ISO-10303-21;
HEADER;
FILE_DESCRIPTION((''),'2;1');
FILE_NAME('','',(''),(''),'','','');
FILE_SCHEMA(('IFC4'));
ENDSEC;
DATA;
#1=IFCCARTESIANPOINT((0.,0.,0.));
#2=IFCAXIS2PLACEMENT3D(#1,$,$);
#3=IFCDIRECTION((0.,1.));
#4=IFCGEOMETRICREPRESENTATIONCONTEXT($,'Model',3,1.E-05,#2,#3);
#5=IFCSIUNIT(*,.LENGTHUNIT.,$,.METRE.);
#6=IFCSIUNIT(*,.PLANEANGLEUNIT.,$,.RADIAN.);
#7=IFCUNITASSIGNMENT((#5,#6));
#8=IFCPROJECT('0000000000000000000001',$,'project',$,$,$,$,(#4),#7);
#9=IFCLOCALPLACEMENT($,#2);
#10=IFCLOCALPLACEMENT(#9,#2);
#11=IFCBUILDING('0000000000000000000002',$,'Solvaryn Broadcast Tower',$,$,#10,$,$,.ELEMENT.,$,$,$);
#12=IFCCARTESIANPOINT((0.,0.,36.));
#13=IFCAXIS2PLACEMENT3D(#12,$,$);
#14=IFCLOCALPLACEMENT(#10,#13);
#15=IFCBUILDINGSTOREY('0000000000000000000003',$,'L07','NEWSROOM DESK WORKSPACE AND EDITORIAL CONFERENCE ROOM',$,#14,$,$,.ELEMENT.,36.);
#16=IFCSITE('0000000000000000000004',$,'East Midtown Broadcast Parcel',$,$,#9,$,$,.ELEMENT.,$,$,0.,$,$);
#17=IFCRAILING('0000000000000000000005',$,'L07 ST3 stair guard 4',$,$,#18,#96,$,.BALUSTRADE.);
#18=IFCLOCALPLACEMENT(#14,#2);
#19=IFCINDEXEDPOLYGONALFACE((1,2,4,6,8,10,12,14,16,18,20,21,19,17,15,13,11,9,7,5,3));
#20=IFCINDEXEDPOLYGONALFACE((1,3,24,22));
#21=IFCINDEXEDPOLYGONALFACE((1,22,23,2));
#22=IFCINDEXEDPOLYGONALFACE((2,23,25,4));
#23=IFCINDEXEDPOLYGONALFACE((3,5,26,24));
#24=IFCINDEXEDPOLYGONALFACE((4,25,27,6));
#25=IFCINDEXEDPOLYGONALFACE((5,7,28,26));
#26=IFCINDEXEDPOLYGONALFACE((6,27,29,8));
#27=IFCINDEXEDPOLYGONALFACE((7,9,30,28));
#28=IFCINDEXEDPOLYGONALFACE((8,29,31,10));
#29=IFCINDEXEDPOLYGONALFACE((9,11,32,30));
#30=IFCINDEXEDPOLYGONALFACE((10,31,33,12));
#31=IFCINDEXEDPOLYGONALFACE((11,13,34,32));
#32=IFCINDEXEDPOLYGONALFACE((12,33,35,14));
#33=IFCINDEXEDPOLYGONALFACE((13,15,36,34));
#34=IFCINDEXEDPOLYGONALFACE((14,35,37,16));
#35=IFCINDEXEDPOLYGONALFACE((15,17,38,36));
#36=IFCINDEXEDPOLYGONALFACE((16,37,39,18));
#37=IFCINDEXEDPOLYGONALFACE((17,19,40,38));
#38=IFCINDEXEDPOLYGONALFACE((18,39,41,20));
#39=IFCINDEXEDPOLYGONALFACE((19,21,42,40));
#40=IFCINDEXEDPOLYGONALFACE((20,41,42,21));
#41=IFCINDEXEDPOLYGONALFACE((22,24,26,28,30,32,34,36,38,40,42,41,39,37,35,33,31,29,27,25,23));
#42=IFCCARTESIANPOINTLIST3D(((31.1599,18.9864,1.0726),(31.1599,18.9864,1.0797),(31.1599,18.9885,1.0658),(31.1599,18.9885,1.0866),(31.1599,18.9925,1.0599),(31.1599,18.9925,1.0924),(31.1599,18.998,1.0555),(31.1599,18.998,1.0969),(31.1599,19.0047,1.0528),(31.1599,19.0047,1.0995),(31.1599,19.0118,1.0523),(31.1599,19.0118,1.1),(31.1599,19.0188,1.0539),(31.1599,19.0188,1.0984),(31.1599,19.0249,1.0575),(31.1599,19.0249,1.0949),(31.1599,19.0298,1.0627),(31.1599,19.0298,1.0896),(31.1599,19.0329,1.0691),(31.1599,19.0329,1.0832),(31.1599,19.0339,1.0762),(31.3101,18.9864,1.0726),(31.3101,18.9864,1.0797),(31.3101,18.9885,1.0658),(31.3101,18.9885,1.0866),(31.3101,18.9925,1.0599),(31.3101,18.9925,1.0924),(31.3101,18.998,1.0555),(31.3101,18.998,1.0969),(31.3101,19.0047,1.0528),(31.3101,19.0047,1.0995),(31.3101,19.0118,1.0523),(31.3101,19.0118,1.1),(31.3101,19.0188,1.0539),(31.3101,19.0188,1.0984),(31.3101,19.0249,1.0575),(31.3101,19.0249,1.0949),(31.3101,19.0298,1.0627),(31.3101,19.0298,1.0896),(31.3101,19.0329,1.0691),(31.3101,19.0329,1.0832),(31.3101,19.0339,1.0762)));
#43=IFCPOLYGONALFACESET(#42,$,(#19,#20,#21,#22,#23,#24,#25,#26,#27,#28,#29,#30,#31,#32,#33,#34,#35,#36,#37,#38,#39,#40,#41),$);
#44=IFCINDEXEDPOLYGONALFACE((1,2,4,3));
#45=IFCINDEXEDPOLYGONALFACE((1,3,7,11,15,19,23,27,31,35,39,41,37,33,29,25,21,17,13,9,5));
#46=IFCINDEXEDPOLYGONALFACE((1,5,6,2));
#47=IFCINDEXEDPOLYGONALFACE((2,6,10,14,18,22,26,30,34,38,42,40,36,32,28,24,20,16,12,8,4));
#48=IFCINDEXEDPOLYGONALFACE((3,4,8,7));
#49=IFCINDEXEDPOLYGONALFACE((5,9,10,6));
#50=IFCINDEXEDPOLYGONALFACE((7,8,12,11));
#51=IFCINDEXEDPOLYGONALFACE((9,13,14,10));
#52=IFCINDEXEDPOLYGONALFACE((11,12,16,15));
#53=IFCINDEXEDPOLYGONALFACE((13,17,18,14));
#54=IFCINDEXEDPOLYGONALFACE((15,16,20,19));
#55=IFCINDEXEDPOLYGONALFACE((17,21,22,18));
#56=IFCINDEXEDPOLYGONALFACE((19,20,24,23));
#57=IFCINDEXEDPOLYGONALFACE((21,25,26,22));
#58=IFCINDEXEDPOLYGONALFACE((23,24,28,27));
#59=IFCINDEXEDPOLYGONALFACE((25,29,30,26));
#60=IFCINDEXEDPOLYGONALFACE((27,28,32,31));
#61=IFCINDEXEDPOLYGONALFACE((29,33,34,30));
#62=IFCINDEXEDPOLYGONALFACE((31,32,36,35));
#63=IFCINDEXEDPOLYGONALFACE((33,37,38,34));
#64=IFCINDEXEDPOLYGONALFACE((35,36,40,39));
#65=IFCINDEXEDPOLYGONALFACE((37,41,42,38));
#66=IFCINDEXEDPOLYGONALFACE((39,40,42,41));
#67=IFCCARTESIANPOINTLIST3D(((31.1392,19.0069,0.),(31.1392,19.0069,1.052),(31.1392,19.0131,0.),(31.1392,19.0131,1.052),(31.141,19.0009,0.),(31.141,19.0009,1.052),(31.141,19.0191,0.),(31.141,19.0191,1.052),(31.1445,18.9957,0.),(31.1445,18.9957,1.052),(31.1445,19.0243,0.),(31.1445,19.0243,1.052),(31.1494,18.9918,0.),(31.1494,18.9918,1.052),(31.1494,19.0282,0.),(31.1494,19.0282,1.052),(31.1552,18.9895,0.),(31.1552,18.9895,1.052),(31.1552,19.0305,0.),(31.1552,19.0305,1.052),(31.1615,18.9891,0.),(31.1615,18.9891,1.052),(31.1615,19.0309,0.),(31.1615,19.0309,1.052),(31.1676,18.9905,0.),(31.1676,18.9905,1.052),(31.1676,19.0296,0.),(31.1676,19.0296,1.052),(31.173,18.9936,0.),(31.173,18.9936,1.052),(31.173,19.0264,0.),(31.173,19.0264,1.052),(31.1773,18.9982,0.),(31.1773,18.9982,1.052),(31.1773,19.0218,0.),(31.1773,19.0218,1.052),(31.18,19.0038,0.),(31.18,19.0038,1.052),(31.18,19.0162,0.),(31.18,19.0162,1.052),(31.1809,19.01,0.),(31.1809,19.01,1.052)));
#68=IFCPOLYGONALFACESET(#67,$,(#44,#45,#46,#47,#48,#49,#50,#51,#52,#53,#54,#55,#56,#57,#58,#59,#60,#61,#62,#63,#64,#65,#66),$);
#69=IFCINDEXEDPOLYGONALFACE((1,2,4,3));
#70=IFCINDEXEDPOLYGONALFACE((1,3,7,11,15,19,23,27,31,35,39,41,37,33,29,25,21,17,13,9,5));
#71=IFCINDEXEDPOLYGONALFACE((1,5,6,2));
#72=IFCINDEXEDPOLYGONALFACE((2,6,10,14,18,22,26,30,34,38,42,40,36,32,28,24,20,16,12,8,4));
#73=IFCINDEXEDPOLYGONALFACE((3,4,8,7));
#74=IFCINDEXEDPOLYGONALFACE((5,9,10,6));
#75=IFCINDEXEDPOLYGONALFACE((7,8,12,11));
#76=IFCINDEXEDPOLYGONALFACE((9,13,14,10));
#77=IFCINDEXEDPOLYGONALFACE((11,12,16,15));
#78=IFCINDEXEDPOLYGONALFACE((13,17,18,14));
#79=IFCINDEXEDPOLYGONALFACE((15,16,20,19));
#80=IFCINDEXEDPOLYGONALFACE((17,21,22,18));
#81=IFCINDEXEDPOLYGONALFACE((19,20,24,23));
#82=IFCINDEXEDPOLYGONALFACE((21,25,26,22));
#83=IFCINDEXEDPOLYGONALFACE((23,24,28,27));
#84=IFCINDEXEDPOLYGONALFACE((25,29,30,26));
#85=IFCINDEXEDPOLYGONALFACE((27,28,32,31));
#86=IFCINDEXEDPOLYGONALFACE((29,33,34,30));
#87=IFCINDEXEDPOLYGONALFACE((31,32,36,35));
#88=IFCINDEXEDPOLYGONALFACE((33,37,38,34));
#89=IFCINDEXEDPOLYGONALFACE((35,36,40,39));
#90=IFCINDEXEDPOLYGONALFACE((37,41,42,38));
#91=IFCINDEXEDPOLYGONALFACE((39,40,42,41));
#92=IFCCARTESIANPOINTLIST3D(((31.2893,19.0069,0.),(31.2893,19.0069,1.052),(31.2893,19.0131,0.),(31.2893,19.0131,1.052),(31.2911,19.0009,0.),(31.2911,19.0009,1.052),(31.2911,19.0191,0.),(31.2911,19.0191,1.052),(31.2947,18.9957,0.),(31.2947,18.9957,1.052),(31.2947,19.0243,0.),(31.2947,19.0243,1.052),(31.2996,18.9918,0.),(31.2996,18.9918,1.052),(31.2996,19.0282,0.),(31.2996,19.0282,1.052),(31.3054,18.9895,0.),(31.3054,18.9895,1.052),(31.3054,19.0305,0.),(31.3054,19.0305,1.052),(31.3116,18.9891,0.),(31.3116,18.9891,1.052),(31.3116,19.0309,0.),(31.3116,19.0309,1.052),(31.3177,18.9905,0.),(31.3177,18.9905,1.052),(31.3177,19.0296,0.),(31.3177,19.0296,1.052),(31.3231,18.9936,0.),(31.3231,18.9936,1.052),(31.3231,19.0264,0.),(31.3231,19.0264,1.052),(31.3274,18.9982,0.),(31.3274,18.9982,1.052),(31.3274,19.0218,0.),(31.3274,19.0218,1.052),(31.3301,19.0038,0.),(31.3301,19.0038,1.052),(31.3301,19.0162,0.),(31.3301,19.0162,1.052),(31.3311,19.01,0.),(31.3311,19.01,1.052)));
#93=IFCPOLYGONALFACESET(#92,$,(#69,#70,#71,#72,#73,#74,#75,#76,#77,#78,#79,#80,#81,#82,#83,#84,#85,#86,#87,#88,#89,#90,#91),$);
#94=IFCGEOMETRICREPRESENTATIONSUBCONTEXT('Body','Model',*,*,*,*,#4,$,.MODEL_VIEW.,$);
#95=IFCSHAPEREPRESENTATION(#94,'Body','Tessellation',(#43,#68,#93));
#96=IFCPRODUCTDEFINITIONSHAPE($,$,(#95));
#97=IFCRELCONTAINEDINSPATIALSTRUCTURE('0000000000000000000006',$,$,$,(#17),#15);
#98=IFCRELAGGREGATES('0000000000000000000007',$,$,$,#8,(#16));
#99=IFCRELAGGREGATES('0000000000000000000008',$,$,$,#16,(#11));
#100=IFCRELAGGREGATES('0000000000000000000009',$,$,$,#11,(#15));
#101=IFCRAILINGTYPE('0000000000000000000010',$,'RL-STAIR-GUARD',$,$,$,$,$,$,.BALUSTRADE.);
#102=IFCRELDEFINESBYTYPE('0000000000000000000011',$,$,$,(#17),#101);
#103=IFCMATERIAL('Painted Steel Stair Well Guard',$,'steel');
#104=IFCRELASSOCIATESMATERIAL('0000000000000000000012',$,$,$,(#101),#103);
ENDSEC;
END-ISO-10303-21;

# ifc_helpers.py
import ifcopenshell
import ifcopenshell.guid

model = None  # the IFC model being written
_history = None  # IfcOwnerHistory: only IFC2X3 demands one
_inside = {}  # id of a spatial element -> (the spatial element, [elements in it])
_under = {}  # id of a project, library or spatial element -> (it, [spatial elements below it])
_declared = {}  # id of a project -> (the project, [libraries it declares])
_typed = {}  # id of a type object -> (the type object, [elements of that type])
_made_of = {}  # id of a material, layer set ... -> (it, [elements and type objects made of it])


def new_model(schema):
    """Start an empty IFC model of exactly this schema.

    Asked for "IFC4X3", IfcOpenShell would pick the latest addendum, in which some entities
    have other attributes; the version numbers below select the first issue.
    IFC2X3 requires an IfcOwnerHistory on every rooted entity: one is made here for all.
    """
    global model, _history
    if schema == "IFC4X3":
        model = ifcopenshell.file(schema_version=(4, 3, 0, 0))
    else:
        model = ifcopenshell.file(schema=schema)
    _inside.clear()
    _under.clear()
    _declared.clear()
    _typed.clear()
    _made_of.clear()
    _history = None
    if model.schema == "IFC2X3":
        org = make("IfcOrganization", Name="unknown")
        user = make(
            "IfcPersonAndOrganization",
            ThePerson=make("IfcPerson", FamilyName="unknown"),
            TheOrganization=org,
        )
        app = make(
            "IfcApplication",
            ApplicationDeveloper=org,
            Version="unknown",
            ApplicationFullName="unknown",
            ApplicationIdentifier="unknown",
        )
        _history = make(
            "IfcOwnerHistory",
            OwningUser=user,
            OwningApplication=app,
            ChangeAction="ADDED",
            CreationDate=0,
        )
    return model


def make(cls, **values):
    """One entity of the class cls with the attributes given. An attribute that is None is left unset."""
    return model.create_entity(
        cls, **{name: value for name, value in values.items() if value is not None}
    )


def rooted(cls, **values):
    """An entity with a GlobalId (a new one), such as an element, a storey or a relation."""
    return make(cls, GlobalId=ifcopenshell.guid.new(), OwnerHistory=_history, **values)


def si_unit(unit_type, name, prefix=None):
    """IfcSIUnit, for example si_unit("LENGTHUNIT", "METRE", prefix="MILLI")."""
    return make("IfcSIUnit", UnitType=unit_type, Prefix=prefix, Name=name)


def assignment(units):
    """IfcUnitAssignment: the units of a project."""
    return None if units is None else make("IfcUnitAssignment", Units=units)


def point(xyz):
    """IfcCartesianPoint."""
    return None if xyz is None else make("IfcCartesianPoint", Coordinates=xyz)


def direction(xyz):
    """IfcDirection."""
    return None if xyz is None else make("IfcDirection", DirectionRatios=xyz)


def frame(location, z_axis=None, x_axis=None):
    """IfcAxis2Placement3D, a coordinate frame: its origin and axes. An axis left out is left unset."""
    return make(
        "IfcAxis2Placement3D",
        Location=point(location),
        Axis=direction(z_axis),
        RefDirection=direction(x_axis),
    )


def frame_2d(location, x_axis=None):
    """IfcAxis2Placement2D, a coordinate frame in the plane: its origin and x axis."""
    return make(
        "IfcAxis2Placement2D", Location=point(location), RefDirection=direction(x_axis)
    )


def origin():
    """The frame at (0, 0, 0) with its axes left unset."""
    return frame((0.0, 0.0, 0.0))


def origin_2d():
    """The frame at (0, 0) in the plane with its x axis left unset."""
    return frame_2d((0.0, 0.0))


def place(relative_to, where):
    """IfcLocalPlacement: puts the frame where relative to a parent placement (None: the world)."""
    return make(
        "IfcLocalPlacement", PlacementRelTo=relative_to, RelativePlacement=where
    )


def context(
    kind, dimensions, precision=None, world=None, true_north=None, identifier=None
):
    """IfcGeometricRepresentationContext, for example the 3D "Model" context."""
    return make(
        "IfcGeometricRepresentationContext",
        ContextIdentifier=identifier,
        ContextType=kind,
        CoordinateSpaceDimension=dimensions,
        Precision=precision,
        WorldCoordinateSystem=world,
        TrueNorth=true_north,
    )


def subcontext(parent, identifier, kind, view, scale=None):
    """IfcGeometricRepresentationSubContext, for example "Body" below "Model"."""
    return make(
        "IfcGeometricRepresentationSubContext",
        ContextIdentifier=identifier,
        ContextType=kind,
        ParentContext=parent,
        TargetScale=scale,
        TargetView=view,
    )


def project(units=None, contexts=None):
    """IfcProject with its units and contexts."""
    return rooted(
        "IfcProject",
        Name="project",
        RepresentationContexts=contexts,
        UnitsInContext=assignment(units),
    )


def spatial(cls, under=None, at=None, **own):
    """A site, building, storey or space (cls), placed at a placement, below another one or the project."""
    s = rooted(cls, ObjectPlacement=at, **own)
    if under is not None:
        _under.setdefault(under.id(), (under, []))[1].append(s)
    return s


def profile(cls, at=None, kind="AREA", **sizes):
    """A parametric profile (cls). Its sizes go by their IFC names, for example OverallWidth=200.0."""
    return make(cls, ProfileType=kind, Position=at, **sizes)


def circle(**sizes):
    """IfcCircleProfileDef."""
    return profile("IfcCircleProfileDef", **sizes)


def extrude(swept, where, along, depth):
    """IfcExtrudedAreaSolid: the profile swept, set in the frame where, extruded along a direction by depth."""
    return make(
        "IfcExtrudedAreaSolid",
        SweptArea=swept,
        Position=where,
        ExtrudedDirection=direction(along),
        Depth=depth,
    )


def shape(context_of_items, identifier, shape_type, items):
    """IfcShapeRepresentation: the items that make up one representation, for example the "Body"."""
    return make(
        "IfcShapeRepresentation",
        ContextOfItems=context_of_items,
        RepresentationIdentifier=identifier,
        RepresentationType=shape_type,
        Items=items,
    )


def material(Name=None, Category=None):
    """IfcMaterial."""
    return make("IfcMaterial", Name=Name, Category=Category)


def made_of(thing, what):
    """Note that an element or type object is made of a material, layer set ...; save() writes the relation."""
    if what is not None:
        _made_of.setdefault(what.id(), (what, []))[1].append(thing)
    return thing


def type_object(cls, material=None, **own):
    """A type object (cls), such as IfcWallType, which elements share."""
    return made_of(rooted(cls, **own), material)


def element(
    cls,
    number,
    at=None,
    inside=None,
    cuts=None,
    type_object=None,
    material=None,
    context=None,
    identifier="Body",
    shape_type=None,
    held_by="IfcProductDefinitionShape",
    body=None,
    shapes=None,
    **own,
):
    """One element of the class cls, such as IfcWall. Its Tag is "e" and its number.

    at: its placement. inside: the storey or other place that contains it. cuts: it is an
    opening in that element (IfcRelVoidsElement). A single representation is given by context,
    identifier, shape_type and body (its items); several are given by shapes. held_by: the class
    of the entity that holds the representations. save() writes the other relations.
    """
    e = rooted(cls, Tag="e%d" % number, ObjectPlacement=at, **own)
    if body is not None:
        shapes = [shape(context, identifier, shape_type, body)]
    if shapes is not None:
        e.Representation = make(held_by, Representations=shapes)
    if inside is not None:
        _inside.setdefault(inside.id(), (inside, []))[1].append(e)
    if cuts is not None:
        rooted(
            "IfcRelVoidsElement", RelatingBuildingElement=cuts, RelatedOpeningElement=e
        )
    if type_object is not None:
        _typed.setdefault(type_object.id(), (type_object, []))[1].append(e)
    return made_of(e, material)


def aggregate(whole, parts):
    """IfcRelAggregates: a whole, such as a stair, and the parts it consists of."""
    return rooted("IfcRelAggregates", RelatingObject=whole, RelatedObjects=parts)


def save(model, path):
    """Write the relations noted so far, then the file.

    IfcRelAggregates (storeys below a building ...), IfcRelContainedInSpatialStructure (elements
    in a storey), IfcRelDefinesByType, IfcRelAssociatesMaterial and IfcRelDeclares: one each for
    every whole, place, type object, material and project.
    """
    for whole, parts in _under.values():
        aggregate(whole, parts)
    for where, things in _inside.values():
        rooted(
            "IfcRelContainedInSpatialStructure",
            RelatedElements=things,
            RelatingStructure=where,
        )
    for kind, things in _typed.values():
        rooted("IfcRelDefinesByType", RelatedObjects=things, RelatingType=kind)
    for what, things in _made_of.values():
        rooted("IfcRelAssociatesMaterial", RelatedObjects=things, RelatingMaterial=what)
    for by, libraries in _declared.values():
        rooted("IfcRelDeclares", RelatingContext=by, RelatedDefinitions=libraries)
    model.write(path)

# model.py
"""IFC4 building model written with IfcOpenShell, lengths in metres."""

from ifc_helpers import new_model, si_unit, direction, frame, origin, origin_2d, place, context, subcontext, project, spatial, circle, extrude, material, type_object, element, save


model = new_model("IFC4")

# Units and contexts
model_context = context("Model", 3, precision=1e-05, world=origin(), true_north=direction((0.0, 1.0)))
body_context = subcontext(model_context, "Body", "Model", "MODEL_VIEW")
ifc_project = project(units=[si_unit("LENGTHUNIT", "METRE"), si_unit("PLANEANGLEUNIT", "RADIAN")], contexts=[model_context])

# Site, building, storey
site_placement = place(None, origin())
site = spatial("IfcSite", under=ifc_project, at=site_placement, Name="East Midtown Broadcast Parcel", CompositionType="ELEMENT", RefElevation=0.0)
building_placement = place(site_placement, origin())
building = spatial("IfcBuilding", under=site, at=building_placement, Name="Solvaryn Broadcast Tower", CompositionType="ELEMENT")
storey_placement = place(building_placement, frame((0.0, 0.0, 36.0)))
storey = spatial("IfcBuildingStorey", under=building, at=storey_placement, Name="L07", Description="NEWSROOM DESK WORKSPACE AND EDITORIAL CONFERENCE ROOM", CompositionType="ELEMENT", Elevation=36.0)

# Railing
ifc_material_1 = material(Name="Painted Steel Stair Well Guard", Category="steel")
railing_type_1 = type_object("IfcRailingType", Name="RL-STAIR-GUARD", PredefinedType="BALUSTRADE", material=ifc_material_1)
railing_1_placement = place(storey_placement, frame((31.1599, 19.01, 0.0)))
element("IfcRailing", 1, at=railing_1_placement, inside=storey, type_object=railing_type_1, Name="L07 ST3 stair guard 4", PredefinedType="BALUSTRADE", context=body_context, shape_type="SweptSolid", body=[
    extrude(circle(Radius=0.0239, at=origin_2d()), frame((0.0, 0.0, 1.0762), z_axis=(1.0, 0.0, 0.0), x_axis=(0.0, 1.0, 0.0)), (0.0, 0.0, 1.0), 0.1501),
    extrude(circle(Radius=0.021, at=origin_2d()), origin(), (0.0, 0.0, 1.0), 1.052),
    extrude(circle(Radius=0.021, at=origin_2d()), frame((0.1501, 0.0, 0.0)), (0.0, 0.0, 1.0), 1.052),
])

save(model, "model.ifc")
